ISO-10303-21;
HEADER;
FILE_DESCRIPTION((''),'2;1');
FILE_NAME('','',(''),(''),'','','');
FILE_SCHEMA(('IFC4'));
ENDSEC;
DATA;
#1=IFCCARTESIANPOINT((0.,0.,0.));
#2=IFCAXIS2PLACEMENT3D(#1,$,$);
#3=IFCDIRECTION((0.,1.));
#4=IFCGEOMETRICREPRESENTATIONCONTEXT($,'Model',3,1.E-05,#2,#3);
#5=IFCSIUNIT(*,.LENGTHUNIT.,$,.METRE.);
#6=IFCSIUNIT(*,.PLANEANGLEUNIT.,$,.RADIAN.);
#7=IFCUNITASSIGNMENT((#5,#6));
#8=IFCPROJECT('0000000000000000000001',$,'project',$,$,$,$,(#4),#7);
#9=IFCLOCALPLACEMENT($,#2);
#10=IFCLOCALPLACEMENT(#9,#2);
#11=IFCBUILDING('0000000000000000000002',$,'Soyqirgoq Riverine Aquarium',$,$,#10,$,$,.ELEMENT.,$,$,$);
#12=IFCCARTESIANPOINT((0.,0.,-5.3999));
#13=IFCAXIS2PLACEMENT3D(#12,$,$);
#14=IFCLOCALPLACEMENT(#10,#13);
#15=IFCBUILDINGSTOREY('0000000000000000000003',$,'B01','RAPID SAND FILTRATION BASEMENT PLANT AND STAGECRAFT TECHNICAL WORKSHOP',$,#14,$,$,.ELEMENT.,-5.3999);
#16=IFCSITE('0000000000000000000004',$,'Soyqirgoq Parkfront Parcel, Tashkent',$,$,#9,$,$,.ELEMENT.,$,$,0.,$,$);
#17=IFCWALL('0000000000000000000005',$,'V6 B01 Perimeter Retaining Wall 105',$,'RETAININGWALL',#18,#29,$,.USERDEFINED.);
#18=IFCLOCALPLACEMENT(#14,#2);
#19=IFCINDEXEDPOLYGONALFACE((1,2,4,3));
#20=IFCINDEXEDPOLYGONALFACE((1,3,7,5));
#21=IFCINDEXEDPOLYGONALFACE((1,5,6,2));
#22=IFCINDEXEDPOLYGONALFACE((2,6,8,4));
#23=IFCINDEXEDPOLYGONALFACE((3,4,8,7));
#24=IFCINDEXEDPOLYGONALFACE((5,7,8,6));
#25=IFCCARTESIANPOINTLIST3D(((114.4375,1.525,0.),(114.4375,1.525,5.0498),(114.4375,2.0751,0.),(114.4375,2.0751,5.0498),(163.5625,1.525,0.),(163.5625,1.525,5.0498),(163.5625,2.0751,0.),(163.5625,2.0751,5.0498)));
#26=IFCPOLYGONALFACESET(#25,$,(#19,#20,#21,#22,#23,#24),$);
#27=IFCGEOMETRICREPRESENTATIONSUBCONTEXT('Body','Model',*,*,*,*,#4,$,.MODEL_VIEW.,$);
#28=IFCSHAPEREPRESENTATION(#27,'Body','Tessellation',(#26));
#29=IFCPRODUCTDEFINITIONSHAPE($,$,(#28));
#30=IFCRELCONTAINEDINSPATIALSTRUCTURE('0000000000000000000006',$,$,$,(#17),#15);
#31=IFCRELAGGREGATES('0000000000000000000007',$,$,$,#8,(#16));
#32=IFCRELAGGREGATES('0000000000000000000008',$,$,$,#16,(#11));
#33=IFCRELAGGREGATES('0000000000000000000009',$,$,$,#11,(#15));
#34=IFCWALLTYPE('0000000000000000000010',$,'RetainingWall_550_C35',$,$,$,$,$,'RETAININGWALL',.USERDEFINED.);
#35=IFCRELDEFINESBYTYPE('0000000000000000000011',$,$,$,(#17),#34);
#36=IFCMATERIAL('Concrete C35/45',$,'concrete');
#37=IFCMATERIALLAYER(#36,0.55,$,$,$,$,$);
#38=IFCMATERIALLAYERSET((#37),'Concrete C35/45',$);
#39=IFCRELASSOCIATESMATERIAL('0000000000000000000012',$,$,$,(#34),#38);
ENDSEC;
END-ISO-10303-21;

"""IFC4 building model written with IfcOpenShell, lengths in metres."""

from ifc_helpers import new_model, si_unit, direction, frame, frame_2d, origin, place, context, subcontext, project, spatial, rectangle, extrude, material, layer, layer_set, type_object, element, save


model = new_model("IFC4")

# Units and contexts
model_context = context("Model", 3, precision=1e-05, world=origin(), true_north=direction((0.0, 1.0)))
body_context = subcontext(model_context, "Body", "Model", "MODEL_VIEW")
ifc_project = project(units=[si_unit("LENGTHUNIT", "METRE"), si_unit("PLANEANGLEUNIT", "RADIAN")], contexts=[model_context])

# Site, building, storey
site_placement = place(None, origin())
site = spatial("IfcSite", under=ifc_project, at=site_placement, Name="Soyqirgoq Parkfront Parcel, Tashkent", CompositionType="ELEMENT", RefElevation=0.0)
building_placement = place(site_placement, origin())
building = spatial("IfcBuilding", under=site, at=building_placement, Name="Soyqirgoq Riverine Aquarium", CompositionType="ELEMENT")
storey_placement = place(building_placement, frame((0.0, 0.0, -5.3999)))
storey = spatial("IfcBuildingStorey", under=building, at=storey_placement, Name="B01", Description="RAPID SAND FILTRATION BASEMENT PLANT AND STAGECRAFT TECHNICAL WORKSHOP", CompositionType="ELEMENT", Elevation=-5.3999)

# Wall
ifc_material_1 = material(Name="Concrete C35/45", Category="concrete")
ifc_layer_1 = layer(ifc_material_1, 0.55)
ifc_layer_set_1 = layer_set([ifc_layer_1], Name="Concrete C35/45")
wall_type_1 = type_object("IfcWallType", Name="RetainingWall_550_C35", ElementType="RETAININGWALL", PredefinedType="USERDEFINED", material=ifc_layer_set_1)
wall_1_placement = place(storey_placement, frame((163.5625, 1.8, 0.0), z_axis=(0.0, 0.0, 1.0), x_axis=(-1.0, 0.0, 0.0)))
element("IfcWall", 1, at=wall_1_placement, inside=storey, type_object=wall_type_1, Name="V6 B01 Perimeter Retaining Wall 105", ObjectType="RETAININGWALL", PredefinedType="USERDEFINED", context=body_context, shape_type="SweptSolid", body=[
    extrude(rectangle(XDim=49.125, YDim=0.55, at=frame_2d((24.5625, 0.0))), origin(), (0.0, 0.0, 1.0), 5.0498),
])

save(model, "model.ifc")
